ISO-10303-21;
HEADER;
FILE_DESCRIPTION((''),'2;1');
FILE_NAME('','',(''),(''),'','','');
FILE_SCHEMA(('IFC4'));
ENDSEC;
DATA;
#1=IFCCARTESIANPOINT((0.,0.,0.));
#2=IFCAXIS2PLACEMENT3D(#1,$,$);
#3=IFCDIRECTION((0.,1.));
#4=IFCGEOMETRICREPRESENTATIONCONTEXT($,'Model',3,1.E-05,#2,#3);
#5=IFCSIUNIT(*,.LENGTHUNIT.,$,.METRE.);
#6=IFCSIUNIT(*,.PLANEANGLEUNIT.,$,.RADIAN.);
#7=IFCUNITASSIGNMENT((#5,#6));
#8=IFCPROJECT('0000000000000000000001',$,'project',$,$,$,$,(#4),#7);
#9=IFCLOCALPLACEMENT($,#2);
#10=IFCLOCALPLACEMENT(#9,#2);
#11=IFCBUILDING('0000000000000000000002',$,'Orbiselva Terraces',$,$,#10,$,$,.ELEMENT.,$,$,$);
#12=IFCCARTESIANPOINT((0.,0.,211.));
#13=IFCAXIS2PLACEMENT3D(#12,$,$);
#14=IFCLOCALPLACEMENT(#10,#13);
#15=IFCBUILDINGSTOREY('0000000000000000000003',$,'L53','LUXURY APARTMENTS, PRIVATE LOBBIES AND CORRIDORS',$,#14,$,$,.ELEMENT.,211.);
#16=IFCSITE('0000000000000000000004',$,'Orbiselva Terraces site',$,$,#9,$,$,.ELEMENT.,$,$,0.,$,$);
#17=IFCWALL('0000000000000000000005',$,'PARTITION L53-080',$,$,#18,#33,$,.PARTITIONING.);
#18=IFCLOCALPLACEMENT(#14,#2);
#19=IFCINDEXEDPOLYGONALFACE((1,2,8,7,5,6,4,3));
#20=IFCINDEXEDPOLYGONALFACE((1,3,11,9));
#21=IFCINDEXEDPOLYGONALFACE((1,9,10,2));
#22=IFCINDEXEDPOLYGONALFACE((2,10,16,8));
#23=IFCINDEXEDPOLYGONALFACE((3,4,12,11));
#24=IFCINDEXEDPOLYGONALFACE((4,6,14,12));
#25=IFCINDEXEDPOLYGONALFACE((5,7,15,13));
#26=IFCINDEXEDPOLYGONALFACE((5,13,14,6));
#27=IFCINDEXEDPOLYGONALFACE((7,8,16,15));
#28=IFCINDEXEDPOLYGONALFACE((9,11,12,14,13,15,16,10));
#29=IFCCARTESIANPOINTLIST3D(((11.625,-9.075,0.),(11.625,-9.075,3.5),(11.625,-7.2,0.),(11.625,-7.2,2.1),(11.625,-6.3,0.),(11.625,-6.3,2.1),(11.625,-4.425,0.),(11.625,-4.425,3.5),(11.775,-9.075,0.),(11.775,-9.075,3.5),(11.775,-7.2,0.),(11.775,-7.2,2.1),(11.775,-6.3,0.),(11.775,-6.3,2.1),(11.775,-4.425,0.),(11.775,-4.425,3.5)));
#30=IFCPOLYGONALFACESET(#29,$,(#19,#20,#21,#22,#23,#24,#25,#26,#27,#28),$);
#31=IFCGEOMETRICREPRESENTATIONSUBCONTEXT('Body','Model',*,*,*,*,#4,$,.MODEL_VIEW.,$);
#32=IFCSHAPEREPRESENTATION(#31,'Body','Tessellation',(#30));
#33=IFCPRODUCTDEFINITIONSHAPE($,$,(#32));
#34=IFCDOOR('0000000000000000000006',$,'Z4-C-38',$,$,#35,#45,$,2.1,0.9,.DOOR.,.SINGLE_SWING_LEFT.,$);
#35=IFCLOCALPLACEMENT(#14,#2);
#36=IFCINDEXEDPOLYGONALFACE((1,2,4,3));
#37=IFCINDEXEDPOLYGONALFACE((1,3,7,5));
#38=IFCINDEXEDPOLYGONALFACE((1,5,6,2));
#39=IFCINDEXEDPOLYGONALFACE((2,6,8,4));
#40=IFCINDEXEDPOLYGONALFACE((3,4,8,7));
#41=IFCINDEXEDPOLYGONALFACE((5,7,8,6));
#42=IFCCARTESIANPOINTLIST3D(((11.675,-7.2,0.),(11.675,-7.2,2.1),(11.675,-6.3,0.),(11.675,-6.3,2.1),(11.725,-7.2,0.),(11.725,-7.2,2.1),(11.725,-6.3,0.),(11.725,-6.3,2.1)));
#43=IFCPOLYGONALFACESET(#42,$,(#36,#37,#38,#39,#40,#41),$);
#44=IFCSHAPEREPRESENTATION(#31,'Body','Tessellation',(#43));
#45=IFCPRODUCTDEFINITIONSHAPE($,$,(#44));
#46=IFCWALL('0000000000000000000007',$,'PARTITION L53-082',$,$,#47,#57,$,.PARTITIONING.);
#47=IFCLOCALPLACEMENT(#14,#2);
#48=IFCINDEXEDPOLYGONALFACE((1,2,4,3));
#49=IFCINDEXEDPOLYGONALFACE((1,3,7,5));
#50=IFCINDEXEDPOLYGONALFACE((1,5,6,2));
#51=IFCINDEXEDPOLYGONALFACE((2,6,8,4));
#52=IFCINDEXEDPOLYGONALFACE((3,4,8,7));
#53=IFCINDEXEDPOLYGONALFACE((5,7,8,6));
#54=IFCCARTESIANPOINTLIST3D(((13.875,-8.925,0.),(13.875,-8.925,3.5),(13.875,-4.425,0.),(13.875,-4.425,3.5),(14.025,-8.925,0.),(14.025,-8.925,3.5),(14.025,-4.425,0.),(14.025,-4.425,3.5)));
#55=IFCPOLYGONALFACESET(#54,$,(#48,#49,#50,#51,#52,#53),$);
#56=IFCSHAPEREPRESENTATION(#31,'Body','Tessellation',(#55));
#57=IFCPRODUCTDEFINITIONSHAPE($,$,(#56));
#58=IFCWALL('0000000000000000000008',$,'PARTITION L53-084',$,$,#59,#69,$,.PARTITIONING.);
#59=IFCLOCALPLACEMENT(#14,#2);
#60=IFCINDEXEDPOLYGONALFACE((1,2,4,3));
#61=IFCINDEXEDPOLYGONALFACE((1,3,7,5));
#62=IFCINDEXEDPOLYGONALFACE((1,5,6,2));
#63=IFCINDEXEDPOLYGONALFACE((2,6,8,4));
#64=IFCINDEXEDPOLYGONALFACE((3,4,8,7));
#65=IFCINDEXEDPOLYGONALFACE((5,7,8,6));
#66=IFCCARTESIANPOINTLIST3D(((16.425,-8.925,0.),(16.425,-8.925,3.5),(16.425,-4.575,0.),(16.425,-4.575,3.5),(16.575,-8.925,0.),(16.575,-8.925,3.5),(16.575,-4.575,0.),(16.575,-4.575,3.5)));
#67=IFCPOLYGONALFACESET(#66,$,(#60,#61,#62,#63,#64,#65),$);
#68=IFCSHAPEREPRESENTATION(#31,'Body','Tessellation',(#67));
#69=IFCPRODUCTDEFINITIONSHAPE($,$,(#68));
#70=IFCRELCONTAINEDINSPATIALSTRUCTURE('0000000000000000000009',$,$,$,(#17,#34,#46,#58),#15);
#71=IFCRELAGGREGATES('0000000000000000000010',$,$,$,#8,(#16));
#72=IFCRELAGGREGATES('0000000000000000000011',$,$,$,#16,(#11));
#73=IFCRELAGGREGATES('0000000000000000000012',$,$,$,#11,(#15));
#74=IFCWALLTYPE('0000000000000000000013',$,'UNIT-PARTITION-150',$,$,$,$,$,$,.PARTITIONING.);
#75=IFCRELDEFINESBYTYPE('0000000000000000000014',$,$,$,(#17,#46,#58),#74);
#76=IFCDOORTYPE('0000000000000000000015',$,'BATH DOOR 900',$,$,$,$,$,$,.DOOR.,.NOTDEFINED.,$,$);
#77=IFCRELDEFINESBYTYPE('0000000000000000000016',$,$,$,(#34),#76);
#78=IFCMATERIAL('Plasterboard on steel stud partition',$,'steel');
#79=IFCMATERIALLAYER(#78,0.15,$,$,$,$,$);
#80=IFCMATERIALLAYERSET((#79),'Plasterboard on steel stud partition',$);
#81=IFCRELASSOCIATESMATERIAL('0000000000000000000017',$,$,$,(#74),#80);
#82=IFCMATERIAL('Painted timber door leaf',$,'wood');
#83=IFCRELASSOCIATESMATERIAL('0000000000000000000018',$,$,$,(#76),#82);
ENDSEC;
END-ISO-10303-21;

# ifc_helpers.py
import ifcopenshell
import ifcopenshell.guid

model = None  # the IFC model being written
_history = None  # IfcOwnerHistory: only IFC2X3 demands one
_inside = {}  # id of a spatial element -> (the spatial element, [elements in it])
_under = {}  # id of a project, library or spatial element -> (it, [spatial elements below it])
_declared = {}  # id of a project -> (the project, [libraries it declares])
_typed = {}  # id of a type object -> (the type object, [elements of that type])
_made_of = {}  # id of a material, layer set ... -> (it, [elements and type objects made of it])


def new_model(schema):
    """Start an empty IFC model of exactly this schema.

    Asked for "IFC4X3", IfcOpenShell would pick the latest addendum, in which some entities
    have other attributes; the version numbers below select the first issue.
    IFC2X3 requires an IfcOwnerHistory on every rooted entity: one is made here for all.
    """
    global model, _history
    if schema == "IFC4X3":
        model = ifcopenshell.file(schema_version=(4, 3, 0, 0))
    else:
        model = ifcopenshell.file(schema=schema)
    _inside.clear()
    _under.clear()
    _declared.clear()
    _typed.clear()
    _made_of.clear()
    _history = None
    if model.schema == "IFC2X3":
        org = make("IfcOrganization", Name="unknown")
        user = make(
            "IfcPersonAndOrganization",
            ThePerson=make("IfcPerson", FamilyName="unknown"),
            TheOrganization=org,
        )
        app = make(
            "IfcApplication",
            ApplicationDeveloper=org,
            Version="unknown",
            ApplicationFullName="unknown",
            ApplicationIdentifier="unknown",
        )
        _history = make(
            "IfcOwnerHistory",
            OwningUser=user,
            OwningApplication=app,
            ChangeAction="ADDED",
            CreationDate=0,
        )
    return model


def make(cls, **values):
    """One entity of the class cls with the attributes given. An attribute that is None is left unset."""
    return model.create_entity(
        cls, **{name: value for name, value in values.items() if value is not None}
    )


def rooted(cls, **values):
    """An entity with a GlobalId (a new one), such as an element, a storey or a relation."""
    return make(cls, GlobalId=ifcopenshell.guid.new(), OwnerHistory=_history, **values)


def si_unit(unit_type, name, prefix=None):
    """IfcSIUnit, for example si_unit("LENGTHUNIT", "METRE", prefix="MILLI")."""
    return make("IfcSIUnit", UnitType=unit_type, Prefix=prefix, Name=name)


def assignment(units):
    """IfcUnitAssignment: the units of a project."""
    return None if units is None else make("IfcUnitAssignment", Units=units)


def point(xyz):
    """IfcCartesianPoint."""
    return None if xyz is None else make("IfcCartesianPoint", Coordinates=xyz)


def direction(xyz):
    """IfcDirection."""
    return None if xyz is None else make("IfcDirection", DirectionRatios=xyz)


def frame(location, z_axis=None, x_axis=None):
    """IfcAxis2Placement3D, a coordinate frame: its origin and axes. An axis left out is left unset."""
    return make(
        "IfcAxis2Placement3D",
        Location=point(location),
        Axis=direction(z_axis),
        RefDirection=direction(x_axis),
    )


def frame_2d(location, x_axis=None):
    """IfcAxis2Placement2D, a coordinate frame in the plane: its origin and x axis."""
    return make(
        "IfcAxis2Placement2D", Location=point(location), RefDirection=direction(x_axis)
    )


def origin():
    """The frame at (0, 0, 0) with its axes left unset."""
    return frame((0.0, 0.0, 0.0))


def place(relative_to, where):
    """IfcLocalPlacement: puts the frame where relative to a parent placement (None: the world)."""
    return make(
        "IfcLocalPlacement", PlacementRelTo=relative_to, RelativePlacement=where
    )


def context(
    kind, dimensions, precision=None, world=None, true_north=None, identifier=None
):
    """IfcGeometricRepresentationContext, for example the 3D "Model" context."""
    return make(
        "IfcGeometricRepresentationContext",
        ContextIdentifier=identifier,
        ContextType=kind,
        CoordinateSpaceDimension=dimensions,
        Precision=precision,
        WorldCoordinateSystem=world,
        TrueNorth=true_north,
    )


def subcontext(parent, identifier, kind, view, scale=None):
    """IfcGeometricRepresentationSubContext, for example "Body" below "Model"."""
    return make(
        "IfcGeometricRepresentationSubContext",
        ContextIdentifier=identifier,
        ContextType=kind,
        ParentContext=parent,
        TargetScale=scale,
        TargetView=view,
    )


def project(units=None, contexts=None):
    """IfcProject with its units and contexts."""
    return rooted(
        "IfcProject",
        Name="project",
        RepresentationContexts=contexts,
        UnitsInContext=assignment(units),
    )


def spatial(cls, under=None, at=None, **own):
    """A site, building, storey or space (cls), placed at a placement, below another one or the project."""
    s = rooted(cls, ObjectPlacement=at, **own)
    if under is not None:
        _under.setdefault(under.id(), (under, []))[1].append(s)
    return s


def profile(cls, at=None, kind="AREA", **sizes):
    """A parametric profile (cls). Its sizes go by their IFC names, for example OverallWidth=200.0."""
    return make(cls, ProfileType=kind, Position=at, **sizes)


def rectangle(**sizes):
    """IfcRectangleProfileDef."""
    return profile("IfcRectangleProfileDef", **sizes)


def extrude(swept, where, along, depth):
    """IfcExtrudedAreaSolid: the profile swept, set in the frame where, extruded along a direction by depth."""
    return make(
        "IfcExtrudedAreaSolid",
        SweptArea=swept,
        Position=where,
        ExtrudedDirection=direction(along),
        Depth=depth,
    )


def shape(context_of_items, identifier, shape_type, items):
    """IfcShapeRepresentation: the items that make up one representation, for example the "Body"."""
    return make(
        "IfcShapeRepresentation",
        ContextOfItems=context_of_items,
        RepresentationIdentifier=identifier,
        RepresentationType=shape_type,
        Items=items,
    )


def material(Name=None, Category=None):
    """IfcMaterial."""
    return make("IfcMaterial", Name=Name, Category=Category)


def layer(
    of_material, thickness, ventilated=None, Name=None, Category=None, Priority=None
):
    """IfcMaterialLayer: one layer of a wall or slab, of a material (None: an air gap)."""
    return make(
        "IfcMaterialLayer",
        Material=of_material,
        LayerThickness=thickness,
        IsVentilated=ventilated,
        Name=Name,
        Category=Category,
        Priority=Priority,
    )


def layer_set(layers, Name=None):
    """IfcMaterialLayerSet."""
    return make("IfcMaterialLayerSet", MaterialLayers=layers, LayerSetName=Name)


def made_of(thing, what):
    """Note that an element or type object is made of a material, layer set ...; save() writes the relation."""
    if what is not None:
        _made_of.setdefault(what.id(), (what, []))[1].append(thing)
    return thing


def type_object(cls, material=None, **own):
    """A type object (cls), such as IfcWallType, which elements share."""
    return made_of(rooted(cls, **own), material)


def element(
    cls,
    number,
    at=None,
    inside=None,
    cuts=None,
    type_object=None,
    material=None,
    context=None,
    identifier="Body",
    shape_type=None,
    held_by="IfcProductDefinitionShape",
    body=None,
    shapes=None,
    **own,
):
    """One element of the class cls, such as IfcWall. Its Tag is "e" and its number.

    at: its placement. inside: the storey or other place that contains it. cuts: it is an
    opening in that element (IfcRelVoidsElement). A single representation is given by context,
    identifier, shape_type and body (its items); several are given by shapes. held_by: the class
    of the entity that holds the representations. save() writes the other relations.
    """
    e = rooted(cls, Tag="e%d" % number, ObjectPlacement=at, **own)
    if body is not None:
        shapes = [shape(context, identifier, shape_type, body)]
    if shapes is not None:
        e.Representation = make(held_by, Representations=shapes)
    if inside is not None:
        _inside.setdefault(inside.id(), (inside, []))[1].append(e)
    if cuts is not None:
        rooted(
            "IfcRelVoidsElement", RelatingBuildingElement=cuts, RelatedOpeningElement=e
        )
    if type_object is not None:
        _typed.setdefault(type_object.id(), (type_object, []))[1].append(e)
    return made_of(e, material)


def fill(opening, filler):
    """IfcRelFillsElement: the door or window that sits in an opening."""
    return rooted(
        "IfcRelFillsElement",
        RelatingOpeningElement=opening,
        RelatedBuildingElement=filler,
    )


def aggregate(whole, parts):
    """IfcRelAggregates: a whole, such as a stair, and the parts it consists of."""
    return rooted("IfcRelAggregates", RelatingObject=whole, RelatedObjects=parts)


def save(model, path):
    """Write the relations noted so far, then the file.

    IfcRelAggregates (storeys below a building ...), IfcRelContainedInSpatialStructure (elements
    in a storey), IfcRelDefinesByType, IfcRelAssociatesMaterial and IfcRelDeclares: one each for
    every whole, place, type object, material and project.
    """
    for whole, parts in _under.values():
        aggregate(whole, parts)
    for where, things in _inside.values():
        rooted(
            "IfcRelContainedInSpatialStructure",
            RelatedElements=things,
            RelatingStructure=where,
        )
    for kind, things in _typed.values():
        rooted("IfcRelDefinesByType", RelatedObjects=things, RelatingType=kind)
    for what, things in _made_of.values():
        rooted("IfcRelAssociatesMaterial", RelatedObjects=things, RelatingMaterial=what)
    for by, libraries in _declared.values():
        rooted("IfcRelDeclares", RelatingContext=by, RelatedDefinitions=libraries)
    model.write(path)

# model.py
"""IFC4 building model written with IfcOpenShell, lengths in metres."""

from ifc_helpers import new_model, si_unit, direction, frame, frame_2d, origin, place, context, subcontext, project, spatial, rectangle, extrude, material, layer, layer_set, type_object, element, fill, save


model = new_model("IFC4")

# Units and contexts
model_context = context("Model", 3, precision=1e-05, world=origin(), true_north=direction((0.0, 1.0)))
body_context = subcontext(model_context, "Body", "Model", "MODEL_VIEW")
ifc_project = project(units=[si_unit("LENGTHUNIT", "METRE"), si_unit("PLANEANGLEUNIT", "RADIAN")], contexts=[model_context])

# Site, building, storey
site_placement = place(None, origin())
site = spatial("IfcSite", under=ifc_project, at=site_placement, Name="Orbiselva Terraces site", CompositionType="ELEMENT", RefElevation=0.0)
building_placement = place(site_placement, origin())
building = spatial("IfcBuilding", under=site, at=building_placement, Name="Orbiselva Terraces", CompositionType="ELEMENT")
storey_placement = place(building_placement, frame((0.0, 0.0, 211.0)))
storey = spatial("IfcBuildingStorey", under=building, at=storey_placement, Name="L53", Description="LUXURY APARTMENTS, PRIVATE LOBBIES AND CORRIDORS", CompositionType="ELEMENT", Elevation=211.0)

# Shared definitions
ifc_material_1 = material(Name="Plasterboard on steel stud partition", Category="steel")
ifc_material_2 = material(Name="Painted timber door leaf", Category="wood")

# Shared definitions
ifc_layer_1 = layer(ifc_material_1, 0.15)
ifc_layer_set_1 = layer_set([ifc_layer_1], Name="Plasterboard on steel stud partition")
wall_type_1 = type_object("IfcWallType", Name="UNIT-PARTITION-150", PredefinedType="PARTITIONING", material=ifc_layer_set_1)

# Wall, opening, door
wall_1_placement = place(storey_placement, frame((11.7, -9.075, 0.0), z_axis=(0.0, 0.0, 1.0), x_axis=(0.0, 1.0, 0.0)))
wall_1 = element("IfcWall", 1, at=wall_1_placement, inside=storey, type_object=wall_type_1, Name="PARTITION L53-080", PredefinedType="PARTITIONING", context=body_context, shape_type="SweptSolid", body=[
    extrude(rectangle(XDim=4.65, YDim=0.15, at=frame_2d((2.325, 0.0))), origin(), (0.0, 0.0, 1.0), 3.5),
])
opening_1_placement = place(wall_1_placement, frame((1.875, 0.0, 0.0)))
opening_1 = element("IfcOpeningElement", 2, at=opening_1_placement, cuts=wall_1, PredefinedType="OPENING", context=body_context, shape_type="SweptSolid", body=[
    extrude(rectangle(XDim=0.9, YDim=2.1, at=frame_2d((0.45, 1.05))), frame((0.0, 0.085, 0.0), z_axis=(0.0, -1.0, 0.0), x_axis=(1.0, 0.0, 0.0)), (0.0, 0.0, 1.0), 0.17),
])
door_type_1 = type_object("IfcDoorType", Name="BATH DOOR 900", OperationType="NOTDEFINED", PredefinedType="DOOR", material=ifc_material_2)
door_1_placement = place(opening_1_placement, origin())
door_1 = element("IfcDoor", 3, at=door_1_placement, inside=storey, type_object=door_type_1, Name="Z4-C-38", OperationType="SINGLE_SWING_LEFT", OverallHeight=2.1, OverallWidth=0.9, PredefinedType="DOOR", context=body_context, shape_type="SweptSolid", body=[
    extrude(rectangle(XDim=0.9, YDim=2.1, at=frame_2d((0.45, 1.05))), frame((0.0, 0.025, 0.0), z_axis=(0.0, -1.0, 0.0), x_axis=(1.0, 0.0, 0.0)), (0.0, 0.0, 1.0), 0.05),
])
fill(opening_1, door_1)

# Walls
wall_2_placement = place(storey_placement, frame((13.95, -8.925, 0.0), z_axis=(0.0, 0.0, 1.0), x_axis=(0.0, 1.0, 0.0)))
element("IfcWall", 4, at=wall_2_placement, inside=storey, type_object=wall_type_1, Name="PARTITION L53-082", PredefinedType="PARTITIONING", context=body_context, shape_type="SweptSolid", body=[
    extrude(rectangle(XDim=4.5, YDim=0.15, at=frame_2d((2.25, 0.0))), origin(), (0.0, 0.0, 1.0), 3.5),
])
wall_3_placement = place(storey_placement, frame((16.5, -8.925, 0.0), z_axis=(0.0, 0.0, 1.0), x_axis=(0.0, 1.0, 0.0)))
element("IfcWall", 5, at=wall_3_placement, inside=storey, type_object=wall_type_1, Name="PARTITION L53-084", PredefinedType="PARTITIONING", context=body_context, shape_type="SweptSolid", body=[
    extrude(rectangle(XDim=4.35, YDim=0.15, at=frame_2d((2.175, 0.0))), origin(), (0.0, 0.0, 1.0), 3.5),
])

save(model, "model.ifc")
